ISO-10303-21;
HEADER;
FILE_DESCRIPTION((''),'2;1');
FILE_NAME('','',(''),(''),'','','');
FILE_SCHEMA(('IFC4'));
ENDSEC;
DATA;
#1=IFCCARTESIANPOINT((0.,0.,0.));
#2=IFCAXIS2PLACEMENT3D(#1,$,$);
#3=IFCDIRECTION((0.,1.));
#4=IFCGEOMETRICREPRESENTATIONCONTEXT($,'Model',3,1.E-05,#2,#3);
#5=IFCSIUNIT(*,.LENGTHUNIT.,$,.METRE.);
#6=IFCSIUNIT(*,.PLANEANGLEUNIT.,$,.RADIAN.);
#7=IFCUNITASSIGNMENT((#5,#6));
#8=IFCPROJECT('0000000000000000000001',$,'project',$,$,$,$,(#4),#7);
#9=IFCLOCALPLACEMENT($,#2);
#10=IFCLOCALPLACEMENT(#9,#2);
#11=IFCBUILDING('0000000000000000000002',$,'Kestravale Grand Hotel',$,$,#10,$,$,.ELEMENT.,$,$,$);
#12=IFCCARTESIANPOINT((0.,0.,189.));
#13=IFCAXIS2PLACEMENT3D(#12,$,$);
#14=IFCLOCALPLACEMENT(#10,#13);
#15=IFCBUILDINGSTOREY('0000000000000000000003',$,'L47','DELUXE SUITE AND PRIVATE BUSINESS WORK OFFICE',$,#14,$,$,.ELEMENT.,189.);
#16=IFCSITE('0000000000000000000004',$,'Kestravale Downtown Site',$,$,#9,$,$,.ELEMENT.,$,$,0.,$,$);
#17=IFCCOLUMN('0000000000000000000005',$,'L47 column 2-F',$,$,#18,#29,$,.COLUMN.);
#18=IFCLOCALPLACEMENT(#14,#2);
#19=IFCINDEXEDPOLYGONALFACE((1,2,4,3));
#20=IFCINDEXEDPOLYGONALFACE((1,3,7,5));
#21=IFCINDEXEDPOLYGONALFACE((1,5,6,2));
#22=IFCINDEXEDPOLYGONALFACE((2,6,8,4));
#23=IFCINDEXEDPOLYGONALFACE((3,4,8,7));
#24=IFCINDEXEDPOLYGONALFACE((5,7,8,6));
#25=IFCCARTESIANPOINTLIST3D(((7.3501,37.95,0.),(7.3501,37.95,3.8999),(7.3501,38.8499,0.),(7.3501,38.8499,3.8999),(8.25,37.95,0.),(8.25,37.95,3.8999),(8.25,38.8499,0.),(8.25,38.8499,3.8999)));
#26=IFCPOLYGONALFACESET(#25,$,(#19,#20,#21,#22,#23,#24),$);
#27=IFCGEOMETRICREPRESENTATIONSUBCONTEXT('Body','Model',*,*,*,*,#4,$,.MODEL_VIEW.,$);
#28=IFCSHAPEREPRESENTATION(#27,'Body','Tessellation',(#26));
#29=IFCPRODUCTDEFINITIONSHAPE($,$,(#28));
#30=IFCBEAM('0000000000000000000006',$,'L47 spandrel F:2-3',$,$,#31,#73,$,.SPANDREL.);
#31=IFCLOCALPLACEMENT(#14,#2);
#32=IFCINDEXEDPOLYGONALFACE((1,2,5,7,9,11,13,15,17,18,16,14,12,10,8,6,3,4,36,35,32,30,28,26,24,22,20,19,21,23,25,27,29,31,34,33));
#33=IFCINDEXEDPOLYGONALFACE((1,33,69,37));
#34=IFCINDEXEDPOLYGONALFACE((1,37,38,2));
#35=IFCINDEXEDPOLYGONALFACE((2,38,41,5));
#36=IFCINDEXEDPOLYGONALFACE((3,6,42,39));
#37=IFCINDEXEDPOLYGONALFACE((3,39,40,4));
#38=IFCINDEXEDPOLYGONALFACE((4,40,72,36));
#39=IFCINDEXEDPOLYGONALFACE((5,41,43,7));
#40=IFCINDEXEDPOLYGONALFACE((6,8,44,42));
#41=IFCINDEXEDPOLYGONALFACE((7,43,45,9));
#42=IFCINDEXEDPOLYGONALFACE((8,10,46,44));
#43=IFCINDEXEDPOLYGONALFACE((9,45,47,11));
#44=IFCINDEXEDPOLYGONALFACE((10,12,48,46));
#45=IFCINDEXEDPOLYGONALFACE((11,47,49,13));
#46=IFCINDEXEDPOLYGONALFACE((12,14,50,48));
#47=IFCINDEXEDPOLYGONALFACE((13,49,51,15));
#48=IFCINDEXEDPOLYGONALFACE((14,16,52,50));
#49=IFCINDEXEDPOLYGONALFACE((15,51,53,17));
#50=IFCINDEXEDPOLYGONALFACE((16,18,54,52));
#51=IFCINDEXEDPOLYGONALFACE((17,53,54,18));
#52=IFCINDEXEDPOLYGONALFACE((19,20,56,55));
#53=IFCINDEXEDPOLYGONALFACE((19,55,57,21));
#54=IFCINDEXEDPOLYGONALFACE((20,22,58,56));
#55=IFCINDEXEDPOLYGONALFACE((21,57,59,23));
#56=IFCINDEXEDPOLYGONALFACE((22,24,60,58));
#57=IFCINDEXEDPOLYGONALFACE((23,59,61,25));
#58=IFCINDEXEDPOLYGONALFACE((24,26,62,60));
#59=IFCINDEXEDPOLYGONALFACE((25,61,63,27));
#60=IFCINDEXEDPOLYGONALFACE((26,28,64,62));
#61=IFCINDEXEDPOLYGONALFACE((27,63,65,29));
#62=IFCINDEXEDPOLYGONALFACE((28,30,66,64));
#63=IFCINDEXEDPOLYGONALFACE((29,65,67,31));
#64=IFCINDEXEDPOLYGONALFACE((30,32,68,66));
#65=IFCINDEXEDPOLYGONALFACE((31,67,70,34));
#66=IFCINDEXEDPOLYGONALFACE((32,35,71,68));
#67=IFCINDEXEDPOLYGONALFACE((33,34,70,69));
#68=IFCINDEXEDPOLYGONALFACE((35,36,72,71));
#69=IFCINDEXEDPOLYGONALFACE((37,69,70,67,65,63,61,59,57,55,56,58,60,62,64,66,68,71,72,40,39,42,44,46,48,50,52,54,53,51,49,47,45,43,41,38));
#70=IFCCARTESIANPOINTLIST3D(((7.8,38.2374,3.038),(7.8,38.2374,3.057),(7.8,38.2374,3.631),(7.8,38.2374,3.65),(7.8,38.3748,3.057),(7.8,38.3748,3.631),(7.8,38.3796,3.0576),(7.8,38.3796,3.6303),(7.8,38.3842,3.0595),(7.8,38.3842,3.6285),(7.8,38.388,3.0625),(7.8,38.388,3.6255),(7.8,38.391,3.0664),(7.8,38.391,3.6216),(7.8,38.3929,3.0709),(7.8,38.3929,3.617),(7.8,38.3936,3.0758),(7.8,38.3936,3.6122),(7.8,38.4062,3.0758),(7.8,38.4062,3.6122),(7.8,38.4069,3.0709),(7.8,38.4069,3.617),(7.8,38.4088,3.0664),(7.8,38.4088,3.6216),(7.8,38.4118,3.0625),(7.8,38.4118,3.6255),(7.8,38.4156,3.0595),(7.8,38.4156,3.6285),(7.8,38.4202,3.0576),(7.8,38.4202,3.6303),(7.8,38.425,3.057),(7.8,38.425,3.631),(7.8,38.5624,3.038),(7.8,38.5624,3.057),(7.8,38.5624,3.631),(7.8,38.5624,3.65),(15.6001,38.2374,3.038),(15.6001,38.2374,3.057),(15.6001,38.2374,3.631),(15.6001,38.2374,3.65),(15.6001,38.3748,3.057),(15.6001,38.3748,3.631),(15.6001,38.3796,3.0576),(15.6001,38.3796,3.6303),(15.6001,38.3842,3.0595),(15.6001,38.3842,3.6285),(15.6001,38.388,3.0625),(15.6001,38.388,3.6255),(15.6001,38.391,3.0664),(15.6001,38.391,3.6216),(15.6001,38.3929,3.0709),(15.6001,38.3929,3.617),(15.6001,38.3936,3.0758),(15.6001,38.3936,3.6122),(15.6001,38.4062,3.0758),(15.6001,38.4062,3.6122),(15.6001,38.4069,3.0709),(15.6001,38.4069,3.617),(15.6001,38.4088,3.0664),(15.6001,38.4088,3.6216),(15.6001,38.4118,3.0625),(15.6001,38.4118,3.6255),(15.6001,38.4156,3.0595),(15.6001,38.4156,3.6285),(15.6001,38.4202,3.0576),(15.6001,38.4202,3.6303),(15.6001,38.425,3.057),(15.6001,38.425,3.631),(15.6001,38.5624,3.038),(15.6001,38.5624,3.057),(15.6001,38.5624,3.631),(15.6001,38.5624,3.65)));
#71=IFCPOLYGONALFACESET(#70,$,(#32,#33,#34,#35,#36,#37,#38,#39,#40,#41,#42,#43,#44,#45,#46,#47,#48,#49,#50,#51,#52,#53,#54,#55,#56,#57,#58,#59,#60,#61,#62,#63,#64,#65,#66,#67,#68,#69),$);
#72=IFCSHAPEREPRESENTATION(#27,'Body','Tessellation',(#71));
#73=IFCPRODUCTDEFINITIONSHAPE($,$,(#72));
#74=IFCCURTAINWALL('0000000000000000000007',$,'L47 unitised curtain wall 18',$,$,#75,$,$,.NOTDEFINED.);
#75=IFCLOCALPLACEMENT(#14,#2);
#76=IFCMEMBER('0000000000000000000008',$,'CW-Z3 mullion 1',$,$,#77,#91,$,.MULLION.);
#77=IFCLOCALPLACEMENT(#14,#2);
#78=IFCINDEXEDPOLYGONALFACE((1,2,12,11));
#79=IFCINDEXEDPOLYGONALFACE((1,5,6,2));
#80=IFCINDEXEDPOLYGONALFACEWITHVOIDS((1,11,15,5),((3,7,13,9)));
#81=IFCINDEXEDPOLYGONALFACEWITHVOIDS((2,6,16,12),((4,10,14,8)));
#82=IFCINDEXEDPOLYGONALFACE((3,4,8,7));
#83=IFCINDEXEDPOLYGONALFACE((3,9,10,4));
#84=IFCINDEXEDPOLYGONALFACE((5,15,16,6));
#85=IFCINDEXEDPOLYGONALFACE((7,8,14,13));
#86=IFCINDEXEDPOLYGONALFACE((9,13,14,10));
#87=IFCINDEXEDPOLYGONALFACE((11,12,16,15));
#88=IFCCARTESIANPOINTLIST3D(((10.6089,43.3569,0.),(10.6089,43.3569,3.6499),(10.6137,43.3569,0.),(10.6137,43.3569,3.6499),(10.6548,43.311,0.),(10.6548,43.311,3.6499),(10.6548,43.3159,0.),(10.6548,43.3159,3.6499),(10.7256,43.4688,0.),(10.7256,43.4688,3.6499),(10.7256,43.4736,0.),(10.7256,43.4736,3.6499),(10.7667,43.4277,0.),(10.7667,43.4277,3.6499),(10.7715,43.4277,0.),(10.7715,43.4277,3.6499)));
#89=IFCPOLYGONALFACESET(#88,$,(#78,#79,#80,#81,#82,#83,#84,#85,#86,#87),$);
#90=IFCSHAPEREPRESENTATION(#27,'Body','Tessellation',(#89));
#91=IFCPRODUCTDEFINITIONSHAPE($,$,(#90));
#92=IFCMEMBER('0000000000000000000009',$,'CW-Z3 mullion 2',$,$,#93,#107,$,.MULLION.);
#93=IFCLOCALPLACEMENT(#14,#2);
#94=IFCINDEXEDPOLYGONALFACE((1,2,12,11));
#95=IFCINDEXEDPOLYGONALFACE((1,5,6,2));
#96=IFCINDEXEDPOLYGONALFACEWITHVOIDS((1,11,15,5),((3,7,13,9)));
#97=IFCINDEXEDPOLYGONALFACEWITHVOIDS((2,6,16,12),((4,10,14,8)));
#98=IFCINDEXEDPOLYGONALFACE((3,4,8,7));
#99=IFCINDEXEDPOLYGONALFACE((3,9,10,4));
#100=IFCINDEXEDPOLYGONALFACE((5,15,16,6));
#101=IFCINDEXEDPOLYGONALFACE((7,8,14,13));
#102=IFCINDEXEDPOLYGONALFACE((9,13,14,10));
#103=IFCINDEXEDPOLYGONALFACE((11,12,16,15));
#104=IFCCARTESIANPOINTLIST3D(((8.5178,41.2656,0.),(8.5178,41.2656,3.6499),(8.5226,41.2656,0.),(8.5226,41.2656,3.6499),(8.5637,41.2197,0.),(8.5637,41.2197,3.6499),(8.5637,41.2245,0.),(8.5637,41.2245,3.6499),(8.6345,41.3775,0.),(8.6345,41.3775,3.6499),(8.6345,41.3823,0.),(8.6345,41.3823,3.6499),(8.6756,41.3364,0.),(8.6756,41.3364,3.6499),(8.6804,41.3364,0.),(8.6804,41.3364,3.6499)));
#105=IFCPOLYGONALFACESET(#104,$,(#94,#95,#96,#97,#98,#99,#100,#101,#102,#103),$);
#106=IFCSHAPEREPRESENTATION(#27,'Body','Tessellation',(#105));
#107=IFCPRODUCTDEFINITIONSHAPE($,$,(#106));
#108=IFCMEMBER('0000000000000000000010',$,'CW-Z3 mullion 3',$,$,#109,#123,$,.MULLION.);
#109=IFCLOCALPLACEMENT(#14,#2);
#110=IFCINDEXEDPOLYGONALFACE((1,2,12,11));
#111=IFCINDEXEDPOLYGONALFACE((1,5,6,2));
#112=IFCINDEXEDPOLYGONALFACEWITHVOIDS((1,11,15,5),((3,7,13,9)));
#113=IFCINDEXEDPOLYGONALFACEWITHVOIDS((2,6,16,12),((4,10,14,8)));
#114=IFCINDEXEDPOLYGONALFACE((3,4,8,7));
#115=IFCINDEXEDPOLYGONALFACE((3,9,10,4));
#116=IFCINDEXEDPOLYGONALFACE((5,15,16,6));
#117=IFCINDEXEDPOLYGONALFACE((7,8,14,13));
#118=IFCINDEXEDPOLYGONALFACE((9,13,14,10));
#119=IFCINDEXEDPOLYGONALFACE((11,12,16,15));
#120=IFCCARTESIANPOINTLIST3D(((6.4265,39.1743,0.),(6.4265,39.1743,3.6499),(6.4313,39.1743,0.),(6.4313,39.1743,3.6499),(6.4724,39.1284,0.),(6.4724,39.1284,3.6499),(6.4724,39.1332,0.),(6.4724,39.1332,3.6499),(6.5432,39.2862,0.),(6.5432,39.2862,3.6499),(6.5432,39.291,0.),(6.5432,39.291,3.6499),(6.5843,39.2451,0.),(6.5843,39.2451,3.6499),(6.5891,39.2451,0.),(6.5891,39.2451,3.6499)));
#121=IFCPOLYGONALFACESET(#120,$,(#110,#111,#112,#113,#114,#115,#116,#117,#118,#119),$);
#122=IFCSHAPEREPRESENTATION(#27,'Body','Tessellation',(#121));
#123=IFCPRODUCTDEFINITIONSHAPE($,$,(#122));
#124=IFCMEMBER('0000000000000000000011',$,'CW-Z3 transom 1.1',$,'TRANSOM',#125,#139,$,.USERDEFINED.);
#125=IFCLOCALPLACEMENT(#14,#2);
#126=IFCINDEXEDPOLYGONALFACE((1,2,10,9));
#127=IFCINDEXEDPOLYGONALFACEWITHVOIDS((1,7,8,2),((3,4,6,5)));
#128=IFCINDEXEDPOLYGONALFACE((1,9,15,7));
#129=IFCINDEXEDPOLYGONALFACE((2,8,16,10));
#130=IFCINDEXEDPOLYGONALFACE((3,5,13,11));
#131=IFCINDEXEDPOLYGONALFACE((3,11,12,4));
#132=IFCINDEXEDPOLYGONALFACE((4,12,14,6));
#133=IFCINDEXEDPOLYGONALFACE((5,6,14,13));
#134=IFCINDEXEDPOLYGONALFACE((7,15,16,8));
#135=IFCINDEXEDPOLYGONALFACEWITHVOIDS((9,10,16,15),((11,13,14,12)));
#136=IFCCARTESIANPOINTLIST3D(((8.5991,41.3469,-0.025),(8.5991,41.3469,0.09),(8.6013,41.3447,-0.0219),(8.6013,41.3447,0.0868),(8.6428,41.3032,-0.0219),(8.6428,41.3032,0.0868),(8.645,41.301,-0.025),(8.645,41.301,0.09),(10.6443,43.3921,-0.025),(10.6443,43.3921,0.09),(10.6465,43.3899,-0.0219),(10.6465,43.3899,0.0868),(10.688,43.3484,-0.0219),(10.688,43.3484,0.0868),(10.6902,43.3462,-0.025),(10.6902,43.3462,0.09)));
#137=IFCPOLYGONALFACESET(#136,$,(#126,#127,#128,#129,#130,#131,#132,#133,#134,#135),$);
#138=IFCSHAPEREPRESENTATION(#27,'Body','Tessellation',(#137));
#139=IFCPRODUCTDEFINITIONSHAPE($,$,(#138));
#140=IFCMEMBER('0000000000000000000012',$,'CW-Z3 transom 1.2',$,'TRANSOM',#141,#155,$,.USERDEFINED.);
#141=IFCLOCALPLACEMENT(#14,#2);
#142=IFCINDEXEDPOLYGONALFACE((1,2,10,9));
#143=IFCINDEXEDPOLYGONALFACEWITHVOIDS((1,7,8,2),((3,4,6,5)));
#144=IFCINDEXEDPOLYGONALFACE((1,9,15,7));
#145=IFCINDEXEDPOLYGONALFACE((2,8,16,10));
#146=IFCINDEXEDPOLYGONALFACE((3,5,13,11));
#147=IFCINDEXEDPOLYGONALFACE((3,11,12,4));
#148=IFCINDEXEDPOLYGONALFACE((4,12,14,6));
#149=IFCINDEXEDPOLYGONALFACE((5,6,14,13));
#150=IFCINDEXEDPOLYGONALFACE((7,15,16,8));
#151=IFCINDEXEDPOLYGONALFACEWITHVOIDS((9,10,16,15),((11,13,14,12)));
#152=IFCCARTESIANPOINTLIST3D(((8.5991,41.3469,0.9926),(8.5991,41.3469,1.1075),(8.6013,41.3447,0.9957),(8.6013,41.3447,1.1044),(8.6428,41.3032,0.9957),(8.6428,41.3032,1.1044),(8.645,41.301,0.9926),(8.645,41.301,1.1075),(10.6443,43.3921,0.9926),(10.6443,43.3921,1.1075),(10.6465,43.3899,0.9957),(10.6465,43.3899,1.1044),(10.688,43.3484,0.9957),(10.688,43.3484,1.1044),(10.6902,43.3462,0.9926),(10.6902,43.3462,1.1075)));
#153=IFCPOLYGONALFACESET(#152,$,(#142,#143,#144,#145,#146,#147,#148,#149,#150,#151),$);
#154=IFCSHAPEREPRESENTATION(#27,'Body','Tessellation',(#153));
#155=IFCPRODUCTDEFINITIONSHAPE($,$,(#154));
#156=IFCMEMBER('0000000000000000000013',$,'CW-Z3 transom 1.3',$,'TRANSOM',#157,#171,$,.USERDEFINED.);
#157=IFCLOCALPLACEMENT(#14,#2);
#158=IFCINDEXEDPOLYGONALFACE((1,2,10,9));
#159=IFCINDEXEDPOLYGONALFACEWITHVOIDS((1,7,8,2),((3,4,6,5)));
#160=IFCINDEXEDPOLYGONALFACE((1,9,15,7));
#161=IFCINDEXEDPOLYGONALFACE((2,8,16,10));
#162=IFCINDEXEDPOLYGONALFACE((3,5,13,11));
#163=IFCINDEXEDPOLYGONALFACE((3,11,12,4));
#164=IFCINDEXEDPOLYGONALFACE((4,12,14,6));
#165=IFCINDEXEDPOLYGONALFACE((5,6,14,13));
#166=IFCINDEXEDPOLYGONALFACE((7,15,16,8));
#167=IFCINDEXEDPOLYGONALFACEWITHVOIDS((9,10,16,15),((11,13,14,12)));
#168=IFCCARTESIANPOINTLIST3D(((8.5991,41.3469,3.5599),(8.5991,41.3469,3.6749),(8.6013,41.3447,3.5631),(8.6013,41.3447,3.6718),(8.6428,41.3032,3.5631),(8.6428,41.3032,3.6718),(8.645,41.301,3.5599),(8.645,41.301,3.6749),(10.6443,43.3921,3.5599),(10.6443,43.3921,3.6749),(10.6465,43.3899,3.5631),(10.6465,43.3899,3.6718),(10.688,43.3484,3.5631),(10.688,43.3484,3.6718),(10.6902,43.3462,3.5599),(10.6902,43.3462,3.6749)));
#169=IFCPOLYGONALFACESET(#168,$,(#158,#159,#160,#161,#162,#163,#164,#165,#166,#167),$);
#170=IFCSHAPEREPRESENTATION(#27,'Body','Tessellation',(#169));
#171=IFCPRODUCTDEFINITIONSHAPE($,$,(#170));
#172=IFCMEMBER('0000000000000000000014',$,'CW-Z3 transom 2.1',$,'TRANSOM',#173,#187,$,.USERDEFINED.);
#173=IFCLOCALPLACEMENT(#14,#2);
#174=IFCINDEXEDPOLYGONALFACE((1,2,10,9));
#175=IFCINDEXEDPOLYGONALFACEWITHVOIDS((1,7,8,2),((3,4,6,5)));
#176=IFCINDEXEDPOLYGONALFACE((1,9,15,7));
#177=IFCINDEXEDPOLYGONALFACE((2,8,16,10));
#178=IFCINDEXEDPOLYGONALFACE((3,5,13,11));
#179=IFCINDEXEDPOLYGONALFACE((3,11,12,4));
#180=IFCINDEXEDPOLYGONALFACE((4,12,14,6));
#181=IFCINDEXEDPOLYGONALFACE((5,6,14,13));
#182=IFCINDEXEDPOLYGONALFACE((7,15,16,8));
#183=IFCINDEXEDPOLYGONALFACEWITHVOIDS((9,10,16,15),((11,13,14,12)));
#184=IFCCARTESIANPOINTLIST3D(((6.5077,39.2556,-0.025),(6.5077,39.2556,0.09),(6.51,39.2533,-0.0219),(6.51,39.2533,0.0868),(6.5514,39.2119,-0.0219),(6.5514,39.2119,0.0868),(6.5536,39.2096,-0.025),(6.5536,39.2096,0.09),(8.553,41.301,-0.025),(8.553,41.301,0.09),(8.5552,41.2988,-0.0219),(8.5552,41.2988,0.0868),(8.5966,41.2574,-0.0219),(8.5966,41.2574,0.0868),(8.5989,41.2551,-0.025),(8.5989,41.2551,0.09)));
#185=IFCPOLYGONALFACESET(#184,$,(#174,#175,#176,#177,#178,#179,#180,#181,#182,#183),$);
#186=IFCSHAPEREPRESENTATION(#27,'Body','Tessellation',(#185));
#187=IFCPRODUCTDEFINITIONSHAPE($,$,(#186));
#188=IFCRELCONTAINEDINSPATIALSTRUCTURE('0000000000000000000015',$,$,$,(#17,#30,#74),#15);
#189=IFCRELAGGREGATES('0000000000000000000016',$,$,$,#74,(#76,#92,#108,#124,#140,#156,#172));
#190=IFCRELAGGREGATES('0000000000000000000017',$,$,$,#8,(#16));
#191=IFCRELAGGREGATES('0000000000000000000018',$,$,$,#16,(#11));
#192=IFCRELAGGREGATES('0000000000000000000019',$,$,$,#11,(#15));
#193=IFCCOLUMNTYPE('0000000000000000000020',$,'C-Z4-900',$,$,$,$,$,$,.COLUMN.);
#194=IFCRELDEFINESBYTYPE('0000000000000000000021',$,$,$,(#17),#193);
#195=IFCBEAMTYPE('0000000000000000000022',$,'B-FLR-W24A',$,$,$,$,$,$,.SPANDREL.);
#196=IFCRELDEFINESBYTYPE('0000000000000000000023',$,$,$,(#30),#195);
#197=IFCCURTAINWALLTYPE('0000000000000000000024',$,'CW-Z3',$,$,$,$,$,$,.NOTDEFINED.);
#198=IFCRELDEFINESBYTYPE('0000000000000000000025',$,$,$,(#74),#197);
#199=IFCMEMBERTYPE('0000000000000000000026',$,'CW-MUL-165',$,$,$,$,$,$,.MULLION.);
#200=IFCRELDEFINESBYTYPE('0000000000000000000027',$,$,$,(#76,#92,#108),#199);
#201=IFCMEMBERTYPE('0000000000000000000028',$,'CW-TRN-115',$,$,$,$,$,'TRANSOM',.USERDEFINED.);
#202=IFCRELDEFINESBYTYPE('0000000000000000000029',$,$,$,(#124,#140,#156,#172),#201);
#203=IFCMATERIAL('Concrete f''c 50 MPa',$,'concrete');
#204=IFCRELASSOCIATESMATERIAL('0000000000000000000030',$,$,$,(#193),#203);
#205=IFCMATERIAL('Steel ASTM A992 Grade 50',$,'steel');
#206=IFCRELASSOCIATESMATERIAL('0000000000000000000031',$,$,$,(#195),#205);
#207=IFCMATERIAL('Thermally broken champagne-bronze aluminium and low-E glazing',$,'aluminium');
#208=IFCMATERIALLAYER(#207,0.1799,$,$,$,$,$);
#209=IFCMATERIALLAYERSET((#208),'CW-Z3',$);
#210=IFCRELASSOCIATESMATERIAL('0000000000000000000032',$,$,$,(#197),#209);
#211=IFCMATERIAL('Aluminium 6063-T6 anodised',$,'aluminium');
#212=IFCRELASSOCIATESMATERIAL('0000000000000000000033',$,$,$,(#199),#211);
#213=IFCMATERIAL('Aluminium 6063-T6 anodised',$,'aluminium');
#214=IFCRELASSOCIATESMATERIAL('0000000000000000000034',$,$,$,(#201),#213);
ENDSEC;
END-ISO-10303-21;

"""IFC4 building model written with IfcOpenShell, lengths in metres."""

from ifc_helpers import new_model, si_unit, direction, frame, origin, origin_2d, place, context, subcontext, project, spatial, rectangle, hollow_rectangle, i_section, extrude, material, layer, layer_set, material_profile, profile_set, type_object, element, aggregate, save


model = new_model("IFC4")

# Units and contexts
model_context = context("Model", 3, precision=1e-05, world=origin(), true_north=direction((0.0, 1.0)))
body_context = subcontext(model_context, "Body", "Model", "MODEL_VIEW")
ifc_project = project(units=[si_unit("LENGTHUNIT", "METRE"), si_unit("PLANEANGLEUNIT", "RADIAN")], contexts=[model_context])

# Site, building, storey
site_placement = place(None, origin())
site = spatial("IfcSite", under=ifc_project, at=site_placement, Name="Kestravale Downtown Site", CompositionType="ELEMENT", RefElevation=0.0)
building_placement = place(site_placement, origin())
building = spatial("IfcBuilding", under=site, at=building_placement, Name="Kestravale Grand Hotel", CompositionType="ELEMENT")
storey_placement = place(building_placement, frame((0.0, 0.0, 189.0)))
storey = spatial("IfcBuildingStorey", under=building, at=storey_placement, Name="L47", Description="DELUXE SUITE AND PRIVATE BUSINESS WORK OFFICE", CompositionType="ELEMENT", Elevation=189.0)

# Column
ifc_material_1 = material(Name="Concrete f'c 50 MPa", Category="concrete")
ifc_material_profile_1 = material_profile(ifc_material_1, rectangle(XDim=0.8999, YDim=0.8999, at=origin_2d()))
ifc_profile_set_1 = profile_set([ifc_material_profile_1], Name="Concrete f'c 50 MPa")
column_type = type_object("IfcColumnType", Name="C-Z4-900", PredefinedType="COLUMN", material=ifc_profile_set_1)
column_placement = place(storey_placement, frame((7.8, 38.3999, 0.0), z_axis=(0.0, 0.0, 1.0), x_axis=(1.0, 0.0, 0.0)))
element("IfcColumn", 1, at=column_placement, inside=storey, type_object=column_type, Name="L47 column 2-F", PredefinedType="COLUMN", context=body_context, shape_type="SweptSolid", body=[
    extrude(rectangle(XDim=0.8999, YDim=0.8999, at=origin_2d()), origin(), (0.0, 0.0, 1.0), 3.8999),
])

# Beam
ifc_material_2 = material(Name="Steel ASTM A992 Grade 50", Category="steel")
ifc_material_profile_2 = material_profile(ifc_material_2, i_section(OverallWidth=0.325, OverallDepth=0.6121, WebThickness=0.0127, FlangeThickness=0.019, FilletRadius=0.0188, at=origin_2d()))
ifc_profile_set_2 = profile_set([ifc_material_profile_2], Name="Steel ASTM A992 Grade 50")
beam_type = type_object("IfcBeamType", Name="B-FLR-W24A", PredefinedType="SPANDREL", material=ifc_profile_set_2)
beam_placement = place(storey_placement, frame((7.8, 38.3999, 3.344), z_axis=(1.0, 0.0, 0.0), x_axis=(0.0, 1.0, 0.0)))
element("IfcBeam", 2, at=beam_placement, inside=storey, type_object=beam_type, Name="L47 spandrel F:2-3", PredefinedType="SPANDREL", context=body_context, shape_type="SweptSolid", body=[
    extrude(i_section(OverallWidth=0.325, OverallDepth=0.6121, WebThickness=0.0127, FlangeThickness=0.019, FilletRadius=0.0188, at=origin_2d()), origin(), (0.0, 0.0, 1.0), 7.8),
])

# Curtain wall, members
ifc_material_3 = material(Name="Thermally broken champagne-bronze aluminium and low-E glazing", Category="aluminium")
ifc_layer_1 = layer(ifc_material_3, 0.1799)
ifc_layer_set_1 = layer_set([ifc_layer_1], Name="CW-Z3")
curtain_wall_type = type_object("IfcCurtainWallType", Name="CW-Z3", PredefinedType="NOTDEFINED", material=ifc_layer_set_1)
curtain_wall_placement = place(storey_placement, origin())
curtain_wall = element("IfcCurtainWall", 3, at=curtain_wall_placement, inside=storey, type_object=curtain_wall_type, Name="L47 unitised curtain wall 18", PredefinedType="NOTDEFINED")
ifc_material_4 = material(Name="Aluminium 6063-T6 anodised", Category="aluminium")
ifc_material_profile_3 = material_profile(ifc_material_4, hollow_rectangle(XDim=0.0649, YDim=0.165, WallThickness=0.0034, at=origin_2d()))
ifc_profile_set_3 = profile_set([ifc_material_profile_3], Name="Aluminium 6063-T6 anodised")
member_type_1 = type_object("IfcMemberType", Name="CW-MUL-165", PredefinedType="MULLION", material=ifc_profile_set_3)
member_1_placement = place(storey_placement, frame((10.6902, 43.3923, 0.0), z_axis=(0.0, 0.0, 1.0), x_axis=(0.707107, -0.707107, 0.0)))
member_1 = element("IfcMember", 4, at=member_1_placement, type_object=member_type_1, Name="CW-Z3 mullion 1", PredefinedType="MULLION", context=body_context, shape_type="SweptSolid", body=[
    extrude(hollow_rectangle(XDim=0.0649, YDim=0.165, WallThickness=0.0034, at=origin_2d()), origin(), (0.0, 0.0, 1.0), 3.6499),
])
member_2_placement = place(storey_placement, frame((8.5991, 41.301, 0.0), z_axis=(0.0, 0.0, 1.0), x_axis=(0.707107, -0.707107, 0.0)))
member_2 = element("IfcMember", 5, at=member_2_placement, type_object=member_type_1, Name="CW-Z3 mullion 2", PredefinedType="MULLION", context=body_context, shape_type="SweptSolid", body=[
    extrude(hollow_rectangle(XDim=0.0649, YDim=0.165, WallThickness=0.0034, at=origin_2d()), origin(), (0.0, 0.0, 1.0), 3.6499),
])
member_3_placement = place(storey_placement, frame((6.5078, 39.2097, 0.0), z_axis=(0.0, 0.0, 1.0), x_axis=(0.707107, -0.707107, 0.0)))
member_3 = element("IfcMember", 6, at=member_3_placement, type_object=member_type_1, Name="CW-Z3 mullion 3", PredefinedType="MULLION", context=body_context, shape_type="SweptSolid", body=[
    extrude(hollow_rectangle(XDim=0.0649, YDim=0.165, WallThickness=0.0034, at=origin_2d()), origin(), (0.0, 0.0, 1.0), 3.6499),
])
ifc_material_5 = material(Name="Aluminium 6063-T6 anodised", Category="aluminium")
ifc_material_profile_4 = material_profile(ifc_material_5, hollow_rectangle(XDim=0.0649, YDim=0.115, WallThickness=0.0032, at=origin_2d()))
ifc_profile_set_4 = profile_set([ifc_material_profile_4], Name="Aluminium 6063-T6 anodised")
member_type_2 = type_object("IfcMemberType", Name="CW-TRN-115", ElementType="TRANSOM", PredefinedType="USERDEFINED", material=ifc_profile_set_4)
member_4_placement = place(storey_placement, frame((10.6672, 43.3691, 0.0325), z_axis=(-0.707107, -0.707107, 0.0), x_axis=(0.707107, -0.707107, 0.0)))
member_4 = element("IfcMember", 7, at=member_4_placement, type_object=member_type_2, Name="CW-Z3 transom 1.1", ObjectType="TRANSOM", PredefinedType="USERDEFINED", context=body_context, shape_type="SweptSolid", body=[
    extrude(hollow_rectangle(XDim=0.0649, YDim=0.115, WallThickness=0.0032, at=origin_2d()), origin(), (0.0, 0.0, 1.0), 2.8923),
])
member_5_placement = place(storey_placement, frame((10.6672, 43.3691, 1.05), z_axis=(-0.707107, -0.707107, 0.0), x_axis=(0.707107, -0.707107, 0.0)))
member_5 = element("IfcMember", 8, at=member_5_placement, type_object=member_type_2, Name="CW-Z3 transom 1.2", ObjectType="TRANSOM", PredefinedType="USERDEFINED", context=body_context, shape_type="SweptSolid", body=[
    extrude(hollow_rectangle(XDim=0.0649, YDim=0.115, WallThickness=0.0032, at=origin_2d()), origin(), (0.0, 0.0, 1.0), 2.8923),
])
member_6_placement = place(storey_placement, frame((10.6672, 43.3691, 3.6174), z_axis=(-0.707107, -0.707107, 0.0), x_axis=(0.707107, -0.707107, 0.0)))
member_6 = element("IfcMember", 9, at=member_6_placement, type_object=member_type_2, Name="CW-Z3 transom 1.3", ObjectType="TRANSOM", PredefinedType="USERDEFINED", context=body_context, shape_type="SweptSolid", body=[
    extrude(hollow_rectangle(XDim=0.0649, YDim=0.115, WallThickness=0.0032, at=origin_2d()), origin(), (0.0, 0.0, 1.0), 2.8923),
])
member_7_placement = place(storey_placement, frame((8.5759, 41.2781, 0.0325), z_axis=(-0.707065, -0.707149, 0.0), x_axis=(0.707149, -0.707065, 0.0)))
member_7 = element("IfcMember", 10, at=member_7_placement, type_object=member_type_2, Name="CW-Z3 transom 2.1", ObjectType="TRANSOM", PredefinedType="USERDEFINED", context=body_context, shape_type="SweptSolid", body=[
    extrude(hollow_rectangle(XDim=0.0649, YDim=0.115, WallThickness=0.0032, at=origin_2d()), origin(), (0.0, 0.0, 1.0), 2.8926),
])
aggregate(curtain_wall, [member_1, member_2, member_3, member_4, member_5, member_6, member_7])

save(model, "model.ifc")
